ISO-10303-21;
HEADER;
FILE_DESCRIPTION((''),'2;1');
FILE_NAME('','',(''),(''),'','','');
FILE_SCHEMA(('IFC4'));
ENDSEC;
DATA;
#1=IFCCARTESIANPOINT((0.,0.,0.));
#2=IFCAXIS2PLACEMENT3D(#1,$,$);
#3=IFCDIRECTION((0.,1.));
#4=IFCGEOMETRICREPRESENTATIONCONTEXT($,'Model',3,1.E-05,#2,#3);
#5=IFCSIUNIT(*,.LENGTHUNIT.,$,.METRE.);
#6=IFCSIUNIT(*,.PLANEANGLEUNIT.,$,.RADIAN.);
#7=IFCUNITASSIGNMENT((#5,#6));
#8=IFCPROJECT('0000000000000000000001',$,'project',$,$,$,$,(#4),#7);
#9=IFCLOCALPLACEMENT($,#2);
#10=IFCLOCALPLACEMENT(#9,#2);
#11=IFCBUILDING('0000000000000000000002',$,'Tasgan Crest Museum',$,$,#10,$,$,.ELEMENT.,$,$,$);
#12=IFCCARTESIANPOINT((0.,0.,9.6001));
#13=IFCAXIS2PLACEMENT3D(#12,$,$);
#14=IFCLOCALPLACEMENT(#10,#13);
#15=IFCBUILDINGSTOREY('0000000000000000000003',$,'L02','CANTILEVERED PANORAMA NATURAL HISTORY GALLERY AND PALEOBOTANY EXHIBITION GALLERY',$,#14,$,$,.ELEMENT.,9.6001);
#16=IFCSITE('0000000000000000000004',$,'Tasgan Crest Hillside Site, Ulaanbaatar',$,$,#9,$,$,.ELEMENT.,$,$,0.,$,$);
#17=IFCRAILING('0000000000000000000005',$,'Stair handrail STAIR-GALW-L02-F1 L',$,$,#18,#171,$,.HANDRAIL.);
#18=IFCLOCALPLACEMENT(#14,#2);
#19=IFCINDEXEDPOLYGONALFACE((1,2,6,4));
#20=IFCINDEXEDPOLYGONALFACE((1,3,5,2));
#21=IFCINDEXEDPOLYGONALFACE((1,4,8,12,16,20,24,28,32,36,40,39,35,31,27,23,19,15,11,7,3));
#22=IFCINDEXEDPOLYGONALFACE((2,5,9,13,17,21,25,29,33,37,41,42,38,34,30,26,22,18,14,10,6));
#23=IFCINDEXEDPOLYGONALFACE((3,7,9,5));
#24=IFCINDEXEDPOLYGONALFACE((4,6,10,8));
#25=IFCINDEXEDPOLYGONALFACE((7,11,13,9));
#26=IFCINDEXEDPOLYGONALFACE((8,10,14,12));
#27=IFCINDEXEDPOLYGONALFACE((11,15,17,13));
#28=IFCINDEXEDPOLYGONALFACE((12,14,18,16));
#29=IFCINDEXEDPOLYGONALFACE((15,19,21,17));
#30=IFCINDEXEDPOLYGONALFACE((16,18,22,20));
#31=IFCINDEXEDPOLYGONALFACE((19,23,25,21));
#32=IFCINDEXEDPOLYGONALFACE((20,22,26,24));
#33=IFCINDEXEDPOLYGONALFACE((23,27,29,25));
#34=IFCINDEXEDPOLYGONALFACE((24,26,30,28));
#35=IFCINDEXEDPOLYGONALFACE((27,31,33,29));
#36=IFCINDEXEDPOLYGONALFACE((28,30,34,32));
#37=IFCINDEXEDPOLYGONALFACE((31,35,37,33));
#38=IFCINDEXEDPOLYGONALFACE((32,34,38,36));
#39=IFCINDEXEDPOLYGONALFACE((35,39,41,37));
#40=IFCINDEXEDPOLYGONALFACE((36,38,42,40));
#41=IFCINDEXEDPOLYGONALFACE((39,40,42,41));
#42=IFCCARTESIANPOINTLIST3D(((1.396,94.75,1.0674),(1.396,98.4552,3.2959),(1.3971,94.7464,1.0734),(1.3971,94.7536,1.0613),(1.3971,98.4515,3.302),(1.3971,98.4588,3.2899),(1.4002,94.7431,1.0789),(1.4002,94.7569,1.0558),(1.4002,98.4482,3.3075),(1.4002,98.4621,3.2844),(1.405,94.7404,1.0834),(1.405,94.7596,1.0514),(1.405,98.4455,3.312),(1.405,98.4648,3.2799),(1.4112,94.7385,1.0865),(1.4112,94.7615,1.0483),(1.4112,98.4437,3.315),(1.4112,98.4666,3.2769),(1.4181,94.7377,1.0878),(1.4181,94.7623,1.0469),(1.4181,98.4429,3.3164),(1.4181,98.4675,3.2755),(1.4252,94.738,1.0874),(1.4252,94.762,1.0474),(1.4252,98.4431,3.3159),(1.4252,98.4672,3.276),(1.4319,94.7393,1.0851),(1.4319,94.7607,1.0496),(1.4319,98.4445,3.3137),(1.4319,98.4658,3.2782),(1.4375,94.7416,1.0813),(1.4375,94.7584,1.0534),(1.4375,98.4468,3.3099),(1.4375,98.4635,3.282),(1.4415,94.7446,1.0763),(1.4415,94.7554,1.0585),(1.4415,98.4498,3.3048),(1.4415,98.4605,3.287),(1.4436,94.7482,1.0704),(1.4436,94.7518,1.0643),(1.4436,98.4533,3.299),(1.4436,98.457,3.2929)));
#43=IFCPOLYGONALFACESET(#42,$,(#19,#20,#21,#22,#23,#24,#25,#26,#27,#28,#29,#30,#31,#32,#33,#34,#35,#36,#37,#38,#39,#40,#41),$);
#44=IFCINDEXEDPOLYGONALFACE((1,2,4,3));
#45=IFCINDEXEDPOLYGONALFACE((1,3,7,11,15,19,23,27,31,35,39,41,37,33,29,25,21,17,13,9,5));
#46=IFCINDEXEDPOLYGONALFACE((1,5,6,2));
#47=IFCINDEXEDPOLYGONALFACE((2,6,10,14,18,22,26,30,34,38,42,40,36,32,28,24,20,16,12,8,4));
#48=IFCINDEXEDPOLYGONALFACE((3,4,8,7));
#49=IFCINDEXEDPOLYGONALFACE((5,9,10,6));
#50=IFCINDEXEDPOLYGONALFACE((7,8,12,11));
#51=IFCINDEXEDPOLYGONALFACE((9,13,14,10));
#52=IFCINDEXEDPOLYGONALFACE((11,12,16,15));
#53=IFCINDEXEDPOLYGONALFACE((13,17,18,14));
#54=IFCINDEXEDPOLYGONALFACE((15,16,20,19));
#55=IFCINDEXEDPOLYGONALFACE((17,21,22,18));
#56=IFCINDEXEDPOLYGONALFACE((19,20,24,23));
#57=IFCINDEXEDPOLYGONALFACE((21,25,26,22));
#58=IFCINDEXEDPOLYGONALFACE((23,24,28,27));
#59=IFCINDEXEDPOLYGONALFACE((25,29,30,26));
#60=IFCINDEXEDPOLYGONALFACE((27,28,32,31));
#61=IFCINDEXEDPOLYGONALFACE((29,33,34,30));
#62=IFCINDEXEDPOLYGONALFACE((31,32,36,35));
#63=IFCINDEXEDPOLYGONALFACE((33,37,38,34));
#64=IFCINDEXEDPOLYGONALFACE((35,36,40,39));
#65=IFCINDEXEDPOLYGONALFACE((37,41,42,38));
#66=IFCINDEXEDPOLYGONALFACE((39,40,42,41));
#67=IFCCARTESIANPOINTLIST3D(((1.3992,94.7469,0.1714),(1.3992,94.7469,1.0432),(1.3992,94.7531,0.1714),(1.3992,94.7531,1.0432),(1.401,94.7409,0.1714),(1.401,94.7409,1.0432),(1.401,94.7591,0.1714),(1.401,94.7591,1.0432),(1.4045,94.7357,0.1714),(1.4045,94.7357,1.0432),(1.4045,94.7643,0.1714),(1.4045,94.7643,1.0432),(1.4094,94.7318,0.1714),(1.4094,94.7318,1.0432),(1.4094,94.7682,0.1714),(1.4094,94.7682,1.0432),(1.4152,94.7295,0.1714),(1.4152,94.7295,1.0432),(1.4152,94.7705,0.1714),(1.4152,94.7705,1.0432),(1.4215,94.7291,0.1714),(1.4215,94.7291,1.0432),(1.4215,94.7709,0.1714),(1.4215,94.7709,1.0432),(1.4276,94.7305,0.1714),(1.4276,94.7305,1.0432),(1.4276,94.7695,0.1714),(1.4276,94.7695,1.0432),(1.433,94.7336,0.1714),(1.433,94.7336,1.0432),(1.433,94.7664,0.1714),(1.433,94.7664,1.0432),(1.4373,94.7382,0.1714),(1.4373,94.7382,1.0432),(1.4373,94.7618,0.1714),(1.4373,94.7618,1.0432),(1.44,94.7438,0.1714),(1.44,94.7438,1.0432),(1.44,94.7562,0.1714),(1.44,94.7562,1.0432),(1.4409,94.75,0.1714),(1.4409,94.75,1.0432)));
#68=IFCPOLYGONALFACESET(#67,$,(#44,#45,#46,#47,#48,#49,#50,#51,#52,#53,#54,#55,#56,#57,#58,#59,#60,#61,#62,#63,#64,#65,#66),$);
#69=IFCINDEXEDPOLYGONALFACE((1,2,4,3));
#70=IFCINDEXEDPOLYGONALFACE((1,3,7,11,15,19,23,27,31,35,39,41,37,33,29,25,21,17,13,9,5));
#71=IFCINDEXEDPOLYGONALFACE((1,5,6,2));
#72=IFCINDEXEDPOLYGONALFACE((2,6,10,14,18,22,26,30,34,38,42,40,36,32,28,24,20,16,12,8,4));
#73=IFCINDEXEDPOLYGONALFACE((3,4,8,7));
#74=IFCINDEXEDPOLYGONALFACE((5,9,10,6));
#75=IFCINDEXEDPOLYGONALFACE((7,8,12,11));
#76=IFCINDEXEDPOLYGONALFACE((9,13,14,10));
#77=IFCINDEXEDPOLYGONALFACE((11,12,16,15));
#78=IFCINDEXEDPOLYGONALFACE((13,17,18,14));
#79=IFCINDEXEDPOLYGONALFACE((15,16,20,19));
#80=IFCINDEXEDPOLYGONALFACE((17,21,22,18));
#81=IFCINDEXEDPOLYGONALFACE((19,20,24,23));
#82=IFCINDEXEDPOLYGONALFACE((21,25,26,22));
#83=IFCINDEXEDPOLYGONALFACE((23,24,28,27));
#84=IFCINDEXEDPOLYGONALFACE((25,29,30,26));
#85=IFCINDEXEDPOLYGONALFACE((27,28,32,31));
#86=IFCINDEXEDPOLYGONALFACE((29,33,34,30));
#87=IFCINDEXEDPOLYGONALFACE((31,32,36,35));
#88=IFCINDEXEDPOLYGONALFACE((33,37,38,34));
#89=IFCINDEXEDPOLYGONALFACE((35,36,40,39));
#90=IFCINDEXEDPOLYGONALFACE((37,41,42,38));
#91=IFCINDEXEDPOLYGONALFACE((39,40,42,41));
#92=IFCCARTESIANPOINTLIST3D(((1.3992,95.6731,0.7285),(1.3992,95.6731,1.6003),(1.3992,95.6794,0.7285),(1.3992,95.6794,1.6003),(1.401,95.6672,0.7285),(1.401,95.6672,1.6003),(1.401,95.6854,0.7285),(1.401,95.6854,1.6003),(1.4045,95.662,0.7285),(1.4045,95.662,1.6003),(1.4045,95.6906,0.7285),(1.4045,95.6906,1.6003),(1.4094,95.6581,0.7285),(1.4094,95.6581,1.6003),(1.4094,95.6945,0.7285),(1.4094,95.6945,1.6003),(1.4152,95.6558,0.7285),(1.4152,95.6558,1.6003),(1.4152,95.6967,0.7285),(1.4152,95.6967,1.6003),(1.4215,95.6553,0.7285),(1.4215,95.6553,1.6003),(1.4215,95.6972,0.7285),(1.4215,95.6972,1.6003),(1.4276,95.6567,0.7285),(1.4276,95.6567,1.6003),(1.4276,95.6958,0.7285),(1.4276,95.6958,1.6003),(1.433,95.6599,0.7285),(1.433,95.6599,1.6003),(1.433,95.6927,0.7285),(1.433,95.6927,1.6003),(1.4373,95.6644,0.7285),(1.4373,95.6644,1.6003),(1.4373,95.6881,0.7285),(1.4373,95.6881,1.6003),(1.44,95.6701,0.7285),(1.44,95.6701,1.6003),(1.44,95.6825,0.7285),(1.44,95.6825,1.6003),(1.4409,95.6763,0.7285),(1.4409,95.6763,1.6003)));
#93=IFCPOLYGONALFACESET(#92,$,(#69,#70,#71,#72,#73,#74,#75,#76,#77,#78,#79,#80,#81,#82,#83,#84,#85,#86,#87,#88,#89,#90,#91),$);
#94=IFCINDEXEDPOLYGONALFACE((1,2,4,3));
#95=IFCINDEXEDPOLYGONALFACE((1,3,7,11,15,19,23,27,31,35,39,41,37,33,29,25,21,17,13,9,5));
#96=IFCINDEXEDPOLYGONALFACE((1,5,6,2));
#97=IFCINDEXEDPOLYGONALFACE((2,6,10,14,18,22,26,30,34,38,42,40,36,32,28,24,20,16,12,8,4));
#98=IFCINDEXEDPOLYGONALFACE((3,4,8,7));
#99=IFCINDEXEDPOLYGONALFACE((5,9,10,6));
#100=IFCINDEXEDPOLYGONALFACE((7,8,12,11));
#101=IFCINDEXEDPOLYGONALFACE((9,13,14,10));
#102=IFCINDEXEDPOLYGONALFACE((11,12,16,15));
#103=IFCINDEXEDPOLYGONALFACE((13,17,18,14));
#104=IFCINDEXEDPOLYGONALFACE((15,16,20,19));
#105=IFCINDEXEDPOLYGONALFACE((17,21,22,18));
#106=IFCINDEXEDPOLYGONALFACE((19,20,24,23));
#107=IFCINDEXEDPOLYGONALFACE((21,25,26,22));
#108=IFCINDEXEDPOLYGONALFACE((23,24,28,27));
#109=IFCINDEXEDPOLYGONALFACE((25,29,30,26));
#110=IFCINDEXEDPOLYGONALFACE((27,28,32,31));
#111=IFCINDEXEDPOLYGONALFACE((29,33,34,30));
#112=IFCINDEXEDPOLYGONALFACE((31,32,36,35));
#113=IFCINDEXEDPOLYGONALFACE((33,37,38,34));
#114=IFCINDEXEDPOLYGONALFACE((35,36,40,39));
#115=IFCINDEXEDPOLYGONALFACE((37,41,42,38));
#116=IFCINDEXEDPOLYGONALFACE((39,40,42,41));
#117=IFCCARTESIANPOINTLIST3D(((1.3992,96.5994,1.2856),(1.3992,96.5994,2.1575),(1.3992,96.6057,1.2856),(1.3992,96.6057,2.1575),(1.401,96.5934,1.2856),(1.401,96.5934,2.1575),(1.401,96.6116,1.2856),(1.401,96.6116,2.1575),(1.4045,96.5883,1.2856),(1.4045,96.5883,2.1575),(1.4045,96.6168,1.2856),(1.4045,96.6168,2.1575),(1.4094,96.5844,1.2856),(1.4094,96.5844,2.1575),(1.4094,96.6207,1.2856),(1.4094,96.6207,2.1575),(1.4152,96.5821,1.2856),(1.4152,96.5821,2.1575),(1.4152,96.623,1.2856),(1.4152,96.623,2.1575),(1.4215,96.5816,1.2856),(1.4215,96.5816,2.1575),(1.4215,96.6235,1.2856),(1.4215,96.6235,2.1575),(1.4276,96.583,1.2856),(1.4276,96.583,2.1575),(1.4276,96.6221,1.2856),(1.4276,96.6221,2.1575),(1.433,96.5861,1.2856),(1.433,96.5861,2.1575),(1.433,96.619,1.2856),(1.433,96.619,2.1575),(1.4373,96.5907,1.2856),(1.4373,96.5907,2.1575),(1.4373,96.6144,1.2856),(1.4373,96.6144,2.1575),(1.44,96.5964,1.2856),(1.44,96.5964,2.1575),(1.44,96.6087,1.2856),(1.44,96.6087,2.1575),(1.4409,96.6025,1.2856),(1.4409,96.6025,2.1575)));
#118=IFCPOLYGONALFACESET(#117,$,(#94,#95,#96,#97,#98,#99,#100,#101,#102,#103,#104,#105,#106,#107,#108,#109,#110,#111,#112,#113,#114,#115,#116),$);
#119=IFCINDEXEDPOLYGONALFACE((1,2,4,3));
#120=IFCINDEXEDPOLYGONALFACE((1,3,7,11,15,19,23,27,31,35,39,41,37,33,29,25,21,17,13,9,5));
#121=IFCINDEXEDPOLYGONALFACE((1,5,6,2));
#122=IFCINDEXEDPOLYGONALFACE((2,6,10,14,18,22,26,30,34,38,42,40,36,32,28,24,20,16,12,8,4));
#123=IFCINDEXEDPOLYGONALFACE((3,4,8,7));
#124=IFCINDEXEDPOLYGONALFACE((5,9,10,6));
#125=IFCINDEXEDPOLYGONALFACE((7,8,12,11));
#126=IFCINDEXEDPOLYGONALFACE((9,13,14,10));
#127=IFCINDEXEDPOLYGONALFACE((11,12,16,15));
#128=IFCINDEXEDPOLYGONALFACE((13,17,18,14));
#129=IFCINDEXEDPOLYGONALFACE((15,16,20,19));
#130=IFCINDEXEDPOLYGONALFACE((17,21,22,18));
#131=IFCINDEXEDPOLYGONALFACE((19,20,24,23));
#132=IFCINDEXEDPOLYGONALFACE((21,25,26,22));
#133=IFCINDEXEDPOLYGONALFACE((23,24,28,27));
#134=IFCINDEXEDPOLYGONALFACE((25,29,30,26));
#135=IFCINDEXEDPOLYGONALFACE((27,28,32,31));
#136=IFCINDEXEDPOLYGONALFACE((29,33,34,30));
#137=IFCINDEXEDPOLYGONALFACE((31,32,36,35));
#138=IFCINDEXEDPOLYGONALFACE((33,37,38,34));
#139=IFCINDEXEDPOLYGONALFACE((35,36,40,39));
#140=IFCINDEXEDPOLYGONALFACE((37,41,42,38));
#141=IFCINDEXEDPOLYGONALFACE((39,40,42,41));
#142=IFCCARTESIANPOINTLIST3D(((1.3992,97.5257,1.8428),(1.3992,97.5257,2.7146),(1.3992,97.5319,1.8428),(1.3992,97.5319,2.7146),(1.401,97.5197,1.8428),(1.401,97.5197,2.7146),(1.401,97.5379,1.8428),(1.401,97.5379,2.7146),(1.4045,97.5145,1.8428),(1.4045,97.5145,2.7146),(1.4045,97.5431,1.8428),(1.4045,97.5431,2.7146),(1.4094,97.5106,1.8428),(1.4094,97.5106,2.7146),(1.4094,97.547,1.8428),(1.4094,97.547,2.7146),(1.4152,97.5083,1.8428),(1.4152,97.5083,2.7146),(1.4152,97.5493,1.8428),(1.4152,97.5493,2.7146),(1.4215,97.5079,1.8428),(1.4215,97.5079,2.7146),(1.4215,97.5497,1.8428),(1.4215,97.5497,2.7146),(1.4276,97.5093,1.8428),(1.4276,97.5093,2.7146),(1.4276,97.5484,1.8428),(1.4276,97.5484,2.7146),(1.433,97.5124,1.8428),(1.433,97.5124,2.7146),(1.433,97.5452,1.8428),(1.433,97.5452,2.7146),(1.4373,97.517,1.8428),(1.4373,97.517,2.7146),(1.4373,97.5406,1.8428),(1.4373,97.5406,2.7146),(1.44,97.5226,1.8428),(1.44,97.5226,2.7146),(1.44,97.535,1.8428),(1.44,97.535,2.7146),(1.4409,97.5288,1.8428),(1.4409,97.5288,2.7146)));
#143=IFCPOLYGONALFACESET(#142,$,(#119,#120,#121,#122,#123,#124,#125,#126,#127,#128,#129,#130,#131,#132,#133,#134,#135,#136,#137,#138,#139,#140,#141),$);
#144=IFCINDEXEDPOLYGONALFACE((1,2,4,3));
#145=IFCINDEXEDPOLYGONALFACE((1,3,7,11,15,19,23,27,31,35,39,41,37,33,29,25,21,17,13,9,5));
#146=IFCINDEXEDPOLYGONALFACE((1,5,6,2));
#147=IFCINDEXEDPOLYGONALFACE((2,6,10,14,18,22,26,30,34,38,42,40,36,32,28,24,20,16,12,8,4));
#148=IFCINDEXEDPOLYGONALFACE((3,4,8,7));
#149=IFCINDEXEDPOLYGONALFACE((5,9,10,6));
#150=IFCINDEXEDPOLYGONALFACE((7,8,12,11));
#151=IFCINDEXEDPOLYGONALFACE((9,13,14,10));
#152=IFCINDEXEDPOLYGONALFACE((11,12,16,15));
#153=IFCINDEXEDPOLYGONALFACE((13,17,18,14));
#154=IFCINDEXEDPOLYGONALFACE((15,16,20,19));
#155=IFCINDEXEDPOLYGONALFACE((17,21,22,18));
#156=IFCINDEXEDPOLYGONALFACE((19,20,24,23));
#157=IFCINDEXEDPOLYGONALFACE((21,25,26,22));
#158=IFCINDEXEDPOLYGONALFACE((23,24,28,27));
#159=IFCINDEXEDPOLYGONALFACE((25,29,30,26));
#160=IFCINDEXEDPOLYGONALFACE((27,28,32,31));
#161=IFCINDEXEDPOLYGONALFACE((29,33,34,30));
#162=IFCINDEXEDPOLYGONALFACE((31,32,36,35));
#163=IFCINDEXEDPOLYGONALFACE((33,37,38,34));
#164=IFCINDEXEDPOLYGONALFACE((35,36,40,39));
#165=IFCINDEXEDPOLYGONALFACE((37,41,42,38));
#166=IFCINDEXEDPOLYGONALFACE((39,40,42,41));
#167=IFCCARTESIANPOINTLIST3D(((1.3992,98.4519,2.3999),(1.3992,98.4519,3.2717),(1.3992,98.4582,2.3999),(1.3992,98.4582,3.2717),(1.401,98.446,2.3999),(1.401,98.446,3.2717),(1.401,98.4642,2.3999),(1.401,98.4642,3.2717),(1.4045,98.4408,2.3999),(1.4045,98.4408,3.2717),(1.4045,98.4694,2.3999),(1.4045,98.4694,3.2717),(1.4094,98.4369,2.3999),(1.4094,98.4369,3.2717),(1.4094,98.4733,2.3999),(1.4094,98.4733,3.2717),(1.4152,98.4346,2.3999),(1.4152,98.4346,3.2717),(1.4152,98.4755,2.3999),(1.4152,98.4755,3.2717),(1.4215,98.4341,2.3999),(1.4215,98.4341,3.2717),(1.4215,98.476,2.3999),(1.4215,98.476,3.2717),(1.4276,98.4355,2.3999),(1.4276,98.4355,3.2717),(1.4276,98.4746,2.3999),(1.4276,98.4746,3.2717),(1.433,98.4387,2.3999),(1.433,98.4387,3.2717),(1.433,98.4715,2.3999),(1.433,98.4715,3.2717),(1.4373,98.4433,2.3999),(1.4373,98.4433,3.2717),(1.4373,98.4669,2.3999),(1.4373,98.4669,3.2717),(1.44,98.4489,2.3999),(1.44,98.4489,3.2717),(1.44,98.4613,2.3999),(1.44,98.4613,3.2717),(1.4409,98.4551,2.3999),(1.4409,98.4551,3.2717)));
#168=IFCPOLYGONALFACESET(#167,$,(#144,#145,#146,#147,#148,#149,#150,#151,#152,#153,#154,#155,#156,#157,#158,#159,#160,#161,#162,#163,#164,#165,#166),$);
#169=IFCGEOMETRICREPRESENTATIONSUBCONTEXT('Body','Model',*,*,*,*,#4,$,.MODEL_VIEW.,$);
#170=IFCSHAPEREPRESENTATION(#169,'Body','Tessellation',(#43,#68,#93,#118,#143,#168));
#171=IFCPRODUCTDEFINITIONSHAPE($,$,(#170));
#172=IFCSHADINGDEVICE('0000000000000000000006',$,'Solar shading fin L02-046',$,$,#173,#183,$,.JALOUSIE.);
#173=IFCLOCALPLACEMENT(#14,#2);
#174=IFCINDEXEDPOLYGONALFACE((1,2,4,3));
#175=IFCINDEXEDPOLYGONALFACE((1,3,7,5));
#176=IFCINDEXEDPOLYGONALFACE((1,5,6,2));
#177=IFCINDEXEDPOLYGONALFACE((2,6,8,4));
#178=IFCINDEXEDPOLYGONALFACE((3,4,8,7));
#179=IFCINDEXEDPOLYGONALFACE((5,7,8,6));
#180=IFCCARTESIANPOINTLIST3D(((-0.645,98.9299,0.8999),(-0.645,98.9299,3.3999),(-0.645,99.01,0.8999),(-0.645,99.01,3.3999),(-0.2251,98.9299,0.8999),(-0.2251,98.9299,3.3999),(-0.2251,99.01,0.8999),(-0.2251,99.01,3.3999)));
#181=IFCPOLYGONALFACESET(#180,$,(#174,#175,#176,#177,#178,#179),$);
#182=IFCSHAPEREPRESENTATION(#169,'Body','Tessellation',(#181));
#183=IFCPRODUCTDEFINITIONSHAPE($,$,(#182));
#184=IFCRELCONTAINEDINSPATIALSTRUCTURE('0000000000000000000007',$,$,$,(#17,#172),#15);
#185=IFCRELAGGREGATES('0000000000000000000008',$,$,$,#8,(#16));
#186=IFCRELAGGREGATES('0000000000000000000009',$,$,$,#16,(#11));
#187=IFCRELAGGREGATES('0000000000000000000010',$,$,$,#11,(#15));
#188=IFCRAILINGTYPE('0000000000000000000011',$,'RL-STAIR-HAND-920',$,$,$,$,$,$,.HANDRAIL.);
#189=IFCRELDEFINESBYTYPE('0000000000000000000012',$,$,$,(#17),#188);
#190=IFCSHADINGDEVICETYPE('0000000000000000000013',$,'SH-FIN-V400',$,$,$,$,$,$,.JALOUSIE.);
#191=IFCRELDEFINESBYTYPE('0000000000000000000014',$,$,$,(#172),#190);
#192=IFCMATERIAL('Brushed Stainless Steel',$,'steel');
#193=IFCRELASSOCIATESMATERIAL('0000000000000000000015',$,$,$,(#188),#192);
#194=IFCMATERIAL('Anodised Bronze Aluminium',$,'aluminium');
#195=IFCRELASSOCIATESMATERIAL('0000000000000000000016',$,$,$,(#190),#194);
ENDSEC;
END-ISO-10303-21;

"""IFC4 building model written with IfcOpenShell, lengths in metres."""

from ifc_helpers import new_model, si_unit, direction, frame, origin, origin_2d, place, context, subcontext, project, spatial, rectangle, circle, extrude, material, type_object, element, save


model = new_model("IFC4")

# Units and contexts
model_context = context("Model", 3, precision=1e-05, world=origin(), true_north=direction((0.0, 1.0)))
body_context = subcontext(model_context, "Body", "Model", "MODEL_VIEW")
ifc_project = project(units=[si_unit("LENGTHUNIT", "METRE"), si_unit("PLANEANGLEUNIT", "RADIAN")], contexts=[model_context])

# Site, building, storey
site_placement = place(None, origin())
site = spatial("IfcSite", under=ifc_project, at=site_placement, Name="Tasgan Crest Hillside Site, Ulaanbaatar", CompositionType="ELEMENT", RefElevation=0.0)
building_placement = place(site_placement, origin())
building = spatial("IfcBuilding", under=site, at=building_placement, Name="Tasgan Crest Museum", CompositionType="ELEMENT")
storey_placement = place(building_placement, frame((0.0, 0.0, 9.6001)))
storey = spatial("IfcBuildingStorey", under=building, at=storey_placement, Name="L02", Description="CANTILEVERED PANORAMA NATURAL HISTORY GALLERY AND PALEOBOTANY EXHIBITION GALLERY", CompositionType="ELEMENT", Elevation=9.6001)

# Railing
ifc_material_1 = material(Name="Brushed Stainless Steel", Category="steel")
railing_type_1 = type_object("IfcRailingType", Name="RL-STAIR-HAND-920", PredefinedType="HANDRAIL", material=ifc_material_1)
railing_1_placement = place(storey_placement, frame((1.4199, 94.75, 0.1714)))
element("IfcRailing", 1, at=railing_1_placement, inside=storey, type_object=railing_type_1, Name="Stair handrail STAIR-GALW-L02-F1 L", PredefinedType="HANDRAIL", context=body_context, shape_type="SweptSolid", body=[
    extrude(circle(Radius=0.0239, at=origin_2d()), frame((0.0, 0.0, 0.896), z_axis=(0.0, 0.856934, 0.515425), x_axis=(-1.0, 0.0, 0.0)), (0.0, 0.0, 1.0), 4.3237),
    extrude(circle(Radius=0.021, at=origin_2d()), origin(), (0.0, 0.0, 1.0), 0.8718),
    extrude(circle(Radius=0.021, at=origin_2d()), frame((0.0, 0.9263, 0.5571)), (0.0, 0.0, 1.0), 0.8718),
    extrude(circle(Radius=0.021, at=origin_2d()), frame((0.0, 1.8525, 1.1143)), (0.0, 0.0, 1.0), 0.8718),
    extrude(circle(Radius=0.021, at=origin_2d()), frame((0.0, 2.7788, 1.6714)), (0.0, 0.0, 1.0), 0.8718),
    extrude(circle(Radius=0.021, at=origin_2d()), frame((0.0, 3.7051, 2.2285)), (0.0, 0.0, 1.0), 0.8718),
])

# Shading device
ifc_material_2 = material(Name="Anodised Bronze Aluminium", Category="aluminium")
shading_device_type = type_object("IfcShadingDeviceType", Name="SH-FIN-V400", PredefinedType="JALOUSIE", material=ifc_material_2)
shading_device_placement = place(storey_placement, frame((-0.4351, 98.97, 0.8999), z_axis=(0.0, 0.0, 1.0), x_axis=(0.0, -1.0, 0.0)))
element("IfcShadingDevice", 2, at=shading_device_placement, inside=storey, type_object=shading_device_type, Name="Solar shading fin L02-046", PredefinedType="JALOUSIE", context=body_context, shape_type="SweptSolid", body=[
    extrude(rectangle(XDim=0.0801, YDim=0.4199, at=origin_2d()), origin(), (0.0, 0.0, 1.0), 2.5),
])

save(model, "model.ifc")
